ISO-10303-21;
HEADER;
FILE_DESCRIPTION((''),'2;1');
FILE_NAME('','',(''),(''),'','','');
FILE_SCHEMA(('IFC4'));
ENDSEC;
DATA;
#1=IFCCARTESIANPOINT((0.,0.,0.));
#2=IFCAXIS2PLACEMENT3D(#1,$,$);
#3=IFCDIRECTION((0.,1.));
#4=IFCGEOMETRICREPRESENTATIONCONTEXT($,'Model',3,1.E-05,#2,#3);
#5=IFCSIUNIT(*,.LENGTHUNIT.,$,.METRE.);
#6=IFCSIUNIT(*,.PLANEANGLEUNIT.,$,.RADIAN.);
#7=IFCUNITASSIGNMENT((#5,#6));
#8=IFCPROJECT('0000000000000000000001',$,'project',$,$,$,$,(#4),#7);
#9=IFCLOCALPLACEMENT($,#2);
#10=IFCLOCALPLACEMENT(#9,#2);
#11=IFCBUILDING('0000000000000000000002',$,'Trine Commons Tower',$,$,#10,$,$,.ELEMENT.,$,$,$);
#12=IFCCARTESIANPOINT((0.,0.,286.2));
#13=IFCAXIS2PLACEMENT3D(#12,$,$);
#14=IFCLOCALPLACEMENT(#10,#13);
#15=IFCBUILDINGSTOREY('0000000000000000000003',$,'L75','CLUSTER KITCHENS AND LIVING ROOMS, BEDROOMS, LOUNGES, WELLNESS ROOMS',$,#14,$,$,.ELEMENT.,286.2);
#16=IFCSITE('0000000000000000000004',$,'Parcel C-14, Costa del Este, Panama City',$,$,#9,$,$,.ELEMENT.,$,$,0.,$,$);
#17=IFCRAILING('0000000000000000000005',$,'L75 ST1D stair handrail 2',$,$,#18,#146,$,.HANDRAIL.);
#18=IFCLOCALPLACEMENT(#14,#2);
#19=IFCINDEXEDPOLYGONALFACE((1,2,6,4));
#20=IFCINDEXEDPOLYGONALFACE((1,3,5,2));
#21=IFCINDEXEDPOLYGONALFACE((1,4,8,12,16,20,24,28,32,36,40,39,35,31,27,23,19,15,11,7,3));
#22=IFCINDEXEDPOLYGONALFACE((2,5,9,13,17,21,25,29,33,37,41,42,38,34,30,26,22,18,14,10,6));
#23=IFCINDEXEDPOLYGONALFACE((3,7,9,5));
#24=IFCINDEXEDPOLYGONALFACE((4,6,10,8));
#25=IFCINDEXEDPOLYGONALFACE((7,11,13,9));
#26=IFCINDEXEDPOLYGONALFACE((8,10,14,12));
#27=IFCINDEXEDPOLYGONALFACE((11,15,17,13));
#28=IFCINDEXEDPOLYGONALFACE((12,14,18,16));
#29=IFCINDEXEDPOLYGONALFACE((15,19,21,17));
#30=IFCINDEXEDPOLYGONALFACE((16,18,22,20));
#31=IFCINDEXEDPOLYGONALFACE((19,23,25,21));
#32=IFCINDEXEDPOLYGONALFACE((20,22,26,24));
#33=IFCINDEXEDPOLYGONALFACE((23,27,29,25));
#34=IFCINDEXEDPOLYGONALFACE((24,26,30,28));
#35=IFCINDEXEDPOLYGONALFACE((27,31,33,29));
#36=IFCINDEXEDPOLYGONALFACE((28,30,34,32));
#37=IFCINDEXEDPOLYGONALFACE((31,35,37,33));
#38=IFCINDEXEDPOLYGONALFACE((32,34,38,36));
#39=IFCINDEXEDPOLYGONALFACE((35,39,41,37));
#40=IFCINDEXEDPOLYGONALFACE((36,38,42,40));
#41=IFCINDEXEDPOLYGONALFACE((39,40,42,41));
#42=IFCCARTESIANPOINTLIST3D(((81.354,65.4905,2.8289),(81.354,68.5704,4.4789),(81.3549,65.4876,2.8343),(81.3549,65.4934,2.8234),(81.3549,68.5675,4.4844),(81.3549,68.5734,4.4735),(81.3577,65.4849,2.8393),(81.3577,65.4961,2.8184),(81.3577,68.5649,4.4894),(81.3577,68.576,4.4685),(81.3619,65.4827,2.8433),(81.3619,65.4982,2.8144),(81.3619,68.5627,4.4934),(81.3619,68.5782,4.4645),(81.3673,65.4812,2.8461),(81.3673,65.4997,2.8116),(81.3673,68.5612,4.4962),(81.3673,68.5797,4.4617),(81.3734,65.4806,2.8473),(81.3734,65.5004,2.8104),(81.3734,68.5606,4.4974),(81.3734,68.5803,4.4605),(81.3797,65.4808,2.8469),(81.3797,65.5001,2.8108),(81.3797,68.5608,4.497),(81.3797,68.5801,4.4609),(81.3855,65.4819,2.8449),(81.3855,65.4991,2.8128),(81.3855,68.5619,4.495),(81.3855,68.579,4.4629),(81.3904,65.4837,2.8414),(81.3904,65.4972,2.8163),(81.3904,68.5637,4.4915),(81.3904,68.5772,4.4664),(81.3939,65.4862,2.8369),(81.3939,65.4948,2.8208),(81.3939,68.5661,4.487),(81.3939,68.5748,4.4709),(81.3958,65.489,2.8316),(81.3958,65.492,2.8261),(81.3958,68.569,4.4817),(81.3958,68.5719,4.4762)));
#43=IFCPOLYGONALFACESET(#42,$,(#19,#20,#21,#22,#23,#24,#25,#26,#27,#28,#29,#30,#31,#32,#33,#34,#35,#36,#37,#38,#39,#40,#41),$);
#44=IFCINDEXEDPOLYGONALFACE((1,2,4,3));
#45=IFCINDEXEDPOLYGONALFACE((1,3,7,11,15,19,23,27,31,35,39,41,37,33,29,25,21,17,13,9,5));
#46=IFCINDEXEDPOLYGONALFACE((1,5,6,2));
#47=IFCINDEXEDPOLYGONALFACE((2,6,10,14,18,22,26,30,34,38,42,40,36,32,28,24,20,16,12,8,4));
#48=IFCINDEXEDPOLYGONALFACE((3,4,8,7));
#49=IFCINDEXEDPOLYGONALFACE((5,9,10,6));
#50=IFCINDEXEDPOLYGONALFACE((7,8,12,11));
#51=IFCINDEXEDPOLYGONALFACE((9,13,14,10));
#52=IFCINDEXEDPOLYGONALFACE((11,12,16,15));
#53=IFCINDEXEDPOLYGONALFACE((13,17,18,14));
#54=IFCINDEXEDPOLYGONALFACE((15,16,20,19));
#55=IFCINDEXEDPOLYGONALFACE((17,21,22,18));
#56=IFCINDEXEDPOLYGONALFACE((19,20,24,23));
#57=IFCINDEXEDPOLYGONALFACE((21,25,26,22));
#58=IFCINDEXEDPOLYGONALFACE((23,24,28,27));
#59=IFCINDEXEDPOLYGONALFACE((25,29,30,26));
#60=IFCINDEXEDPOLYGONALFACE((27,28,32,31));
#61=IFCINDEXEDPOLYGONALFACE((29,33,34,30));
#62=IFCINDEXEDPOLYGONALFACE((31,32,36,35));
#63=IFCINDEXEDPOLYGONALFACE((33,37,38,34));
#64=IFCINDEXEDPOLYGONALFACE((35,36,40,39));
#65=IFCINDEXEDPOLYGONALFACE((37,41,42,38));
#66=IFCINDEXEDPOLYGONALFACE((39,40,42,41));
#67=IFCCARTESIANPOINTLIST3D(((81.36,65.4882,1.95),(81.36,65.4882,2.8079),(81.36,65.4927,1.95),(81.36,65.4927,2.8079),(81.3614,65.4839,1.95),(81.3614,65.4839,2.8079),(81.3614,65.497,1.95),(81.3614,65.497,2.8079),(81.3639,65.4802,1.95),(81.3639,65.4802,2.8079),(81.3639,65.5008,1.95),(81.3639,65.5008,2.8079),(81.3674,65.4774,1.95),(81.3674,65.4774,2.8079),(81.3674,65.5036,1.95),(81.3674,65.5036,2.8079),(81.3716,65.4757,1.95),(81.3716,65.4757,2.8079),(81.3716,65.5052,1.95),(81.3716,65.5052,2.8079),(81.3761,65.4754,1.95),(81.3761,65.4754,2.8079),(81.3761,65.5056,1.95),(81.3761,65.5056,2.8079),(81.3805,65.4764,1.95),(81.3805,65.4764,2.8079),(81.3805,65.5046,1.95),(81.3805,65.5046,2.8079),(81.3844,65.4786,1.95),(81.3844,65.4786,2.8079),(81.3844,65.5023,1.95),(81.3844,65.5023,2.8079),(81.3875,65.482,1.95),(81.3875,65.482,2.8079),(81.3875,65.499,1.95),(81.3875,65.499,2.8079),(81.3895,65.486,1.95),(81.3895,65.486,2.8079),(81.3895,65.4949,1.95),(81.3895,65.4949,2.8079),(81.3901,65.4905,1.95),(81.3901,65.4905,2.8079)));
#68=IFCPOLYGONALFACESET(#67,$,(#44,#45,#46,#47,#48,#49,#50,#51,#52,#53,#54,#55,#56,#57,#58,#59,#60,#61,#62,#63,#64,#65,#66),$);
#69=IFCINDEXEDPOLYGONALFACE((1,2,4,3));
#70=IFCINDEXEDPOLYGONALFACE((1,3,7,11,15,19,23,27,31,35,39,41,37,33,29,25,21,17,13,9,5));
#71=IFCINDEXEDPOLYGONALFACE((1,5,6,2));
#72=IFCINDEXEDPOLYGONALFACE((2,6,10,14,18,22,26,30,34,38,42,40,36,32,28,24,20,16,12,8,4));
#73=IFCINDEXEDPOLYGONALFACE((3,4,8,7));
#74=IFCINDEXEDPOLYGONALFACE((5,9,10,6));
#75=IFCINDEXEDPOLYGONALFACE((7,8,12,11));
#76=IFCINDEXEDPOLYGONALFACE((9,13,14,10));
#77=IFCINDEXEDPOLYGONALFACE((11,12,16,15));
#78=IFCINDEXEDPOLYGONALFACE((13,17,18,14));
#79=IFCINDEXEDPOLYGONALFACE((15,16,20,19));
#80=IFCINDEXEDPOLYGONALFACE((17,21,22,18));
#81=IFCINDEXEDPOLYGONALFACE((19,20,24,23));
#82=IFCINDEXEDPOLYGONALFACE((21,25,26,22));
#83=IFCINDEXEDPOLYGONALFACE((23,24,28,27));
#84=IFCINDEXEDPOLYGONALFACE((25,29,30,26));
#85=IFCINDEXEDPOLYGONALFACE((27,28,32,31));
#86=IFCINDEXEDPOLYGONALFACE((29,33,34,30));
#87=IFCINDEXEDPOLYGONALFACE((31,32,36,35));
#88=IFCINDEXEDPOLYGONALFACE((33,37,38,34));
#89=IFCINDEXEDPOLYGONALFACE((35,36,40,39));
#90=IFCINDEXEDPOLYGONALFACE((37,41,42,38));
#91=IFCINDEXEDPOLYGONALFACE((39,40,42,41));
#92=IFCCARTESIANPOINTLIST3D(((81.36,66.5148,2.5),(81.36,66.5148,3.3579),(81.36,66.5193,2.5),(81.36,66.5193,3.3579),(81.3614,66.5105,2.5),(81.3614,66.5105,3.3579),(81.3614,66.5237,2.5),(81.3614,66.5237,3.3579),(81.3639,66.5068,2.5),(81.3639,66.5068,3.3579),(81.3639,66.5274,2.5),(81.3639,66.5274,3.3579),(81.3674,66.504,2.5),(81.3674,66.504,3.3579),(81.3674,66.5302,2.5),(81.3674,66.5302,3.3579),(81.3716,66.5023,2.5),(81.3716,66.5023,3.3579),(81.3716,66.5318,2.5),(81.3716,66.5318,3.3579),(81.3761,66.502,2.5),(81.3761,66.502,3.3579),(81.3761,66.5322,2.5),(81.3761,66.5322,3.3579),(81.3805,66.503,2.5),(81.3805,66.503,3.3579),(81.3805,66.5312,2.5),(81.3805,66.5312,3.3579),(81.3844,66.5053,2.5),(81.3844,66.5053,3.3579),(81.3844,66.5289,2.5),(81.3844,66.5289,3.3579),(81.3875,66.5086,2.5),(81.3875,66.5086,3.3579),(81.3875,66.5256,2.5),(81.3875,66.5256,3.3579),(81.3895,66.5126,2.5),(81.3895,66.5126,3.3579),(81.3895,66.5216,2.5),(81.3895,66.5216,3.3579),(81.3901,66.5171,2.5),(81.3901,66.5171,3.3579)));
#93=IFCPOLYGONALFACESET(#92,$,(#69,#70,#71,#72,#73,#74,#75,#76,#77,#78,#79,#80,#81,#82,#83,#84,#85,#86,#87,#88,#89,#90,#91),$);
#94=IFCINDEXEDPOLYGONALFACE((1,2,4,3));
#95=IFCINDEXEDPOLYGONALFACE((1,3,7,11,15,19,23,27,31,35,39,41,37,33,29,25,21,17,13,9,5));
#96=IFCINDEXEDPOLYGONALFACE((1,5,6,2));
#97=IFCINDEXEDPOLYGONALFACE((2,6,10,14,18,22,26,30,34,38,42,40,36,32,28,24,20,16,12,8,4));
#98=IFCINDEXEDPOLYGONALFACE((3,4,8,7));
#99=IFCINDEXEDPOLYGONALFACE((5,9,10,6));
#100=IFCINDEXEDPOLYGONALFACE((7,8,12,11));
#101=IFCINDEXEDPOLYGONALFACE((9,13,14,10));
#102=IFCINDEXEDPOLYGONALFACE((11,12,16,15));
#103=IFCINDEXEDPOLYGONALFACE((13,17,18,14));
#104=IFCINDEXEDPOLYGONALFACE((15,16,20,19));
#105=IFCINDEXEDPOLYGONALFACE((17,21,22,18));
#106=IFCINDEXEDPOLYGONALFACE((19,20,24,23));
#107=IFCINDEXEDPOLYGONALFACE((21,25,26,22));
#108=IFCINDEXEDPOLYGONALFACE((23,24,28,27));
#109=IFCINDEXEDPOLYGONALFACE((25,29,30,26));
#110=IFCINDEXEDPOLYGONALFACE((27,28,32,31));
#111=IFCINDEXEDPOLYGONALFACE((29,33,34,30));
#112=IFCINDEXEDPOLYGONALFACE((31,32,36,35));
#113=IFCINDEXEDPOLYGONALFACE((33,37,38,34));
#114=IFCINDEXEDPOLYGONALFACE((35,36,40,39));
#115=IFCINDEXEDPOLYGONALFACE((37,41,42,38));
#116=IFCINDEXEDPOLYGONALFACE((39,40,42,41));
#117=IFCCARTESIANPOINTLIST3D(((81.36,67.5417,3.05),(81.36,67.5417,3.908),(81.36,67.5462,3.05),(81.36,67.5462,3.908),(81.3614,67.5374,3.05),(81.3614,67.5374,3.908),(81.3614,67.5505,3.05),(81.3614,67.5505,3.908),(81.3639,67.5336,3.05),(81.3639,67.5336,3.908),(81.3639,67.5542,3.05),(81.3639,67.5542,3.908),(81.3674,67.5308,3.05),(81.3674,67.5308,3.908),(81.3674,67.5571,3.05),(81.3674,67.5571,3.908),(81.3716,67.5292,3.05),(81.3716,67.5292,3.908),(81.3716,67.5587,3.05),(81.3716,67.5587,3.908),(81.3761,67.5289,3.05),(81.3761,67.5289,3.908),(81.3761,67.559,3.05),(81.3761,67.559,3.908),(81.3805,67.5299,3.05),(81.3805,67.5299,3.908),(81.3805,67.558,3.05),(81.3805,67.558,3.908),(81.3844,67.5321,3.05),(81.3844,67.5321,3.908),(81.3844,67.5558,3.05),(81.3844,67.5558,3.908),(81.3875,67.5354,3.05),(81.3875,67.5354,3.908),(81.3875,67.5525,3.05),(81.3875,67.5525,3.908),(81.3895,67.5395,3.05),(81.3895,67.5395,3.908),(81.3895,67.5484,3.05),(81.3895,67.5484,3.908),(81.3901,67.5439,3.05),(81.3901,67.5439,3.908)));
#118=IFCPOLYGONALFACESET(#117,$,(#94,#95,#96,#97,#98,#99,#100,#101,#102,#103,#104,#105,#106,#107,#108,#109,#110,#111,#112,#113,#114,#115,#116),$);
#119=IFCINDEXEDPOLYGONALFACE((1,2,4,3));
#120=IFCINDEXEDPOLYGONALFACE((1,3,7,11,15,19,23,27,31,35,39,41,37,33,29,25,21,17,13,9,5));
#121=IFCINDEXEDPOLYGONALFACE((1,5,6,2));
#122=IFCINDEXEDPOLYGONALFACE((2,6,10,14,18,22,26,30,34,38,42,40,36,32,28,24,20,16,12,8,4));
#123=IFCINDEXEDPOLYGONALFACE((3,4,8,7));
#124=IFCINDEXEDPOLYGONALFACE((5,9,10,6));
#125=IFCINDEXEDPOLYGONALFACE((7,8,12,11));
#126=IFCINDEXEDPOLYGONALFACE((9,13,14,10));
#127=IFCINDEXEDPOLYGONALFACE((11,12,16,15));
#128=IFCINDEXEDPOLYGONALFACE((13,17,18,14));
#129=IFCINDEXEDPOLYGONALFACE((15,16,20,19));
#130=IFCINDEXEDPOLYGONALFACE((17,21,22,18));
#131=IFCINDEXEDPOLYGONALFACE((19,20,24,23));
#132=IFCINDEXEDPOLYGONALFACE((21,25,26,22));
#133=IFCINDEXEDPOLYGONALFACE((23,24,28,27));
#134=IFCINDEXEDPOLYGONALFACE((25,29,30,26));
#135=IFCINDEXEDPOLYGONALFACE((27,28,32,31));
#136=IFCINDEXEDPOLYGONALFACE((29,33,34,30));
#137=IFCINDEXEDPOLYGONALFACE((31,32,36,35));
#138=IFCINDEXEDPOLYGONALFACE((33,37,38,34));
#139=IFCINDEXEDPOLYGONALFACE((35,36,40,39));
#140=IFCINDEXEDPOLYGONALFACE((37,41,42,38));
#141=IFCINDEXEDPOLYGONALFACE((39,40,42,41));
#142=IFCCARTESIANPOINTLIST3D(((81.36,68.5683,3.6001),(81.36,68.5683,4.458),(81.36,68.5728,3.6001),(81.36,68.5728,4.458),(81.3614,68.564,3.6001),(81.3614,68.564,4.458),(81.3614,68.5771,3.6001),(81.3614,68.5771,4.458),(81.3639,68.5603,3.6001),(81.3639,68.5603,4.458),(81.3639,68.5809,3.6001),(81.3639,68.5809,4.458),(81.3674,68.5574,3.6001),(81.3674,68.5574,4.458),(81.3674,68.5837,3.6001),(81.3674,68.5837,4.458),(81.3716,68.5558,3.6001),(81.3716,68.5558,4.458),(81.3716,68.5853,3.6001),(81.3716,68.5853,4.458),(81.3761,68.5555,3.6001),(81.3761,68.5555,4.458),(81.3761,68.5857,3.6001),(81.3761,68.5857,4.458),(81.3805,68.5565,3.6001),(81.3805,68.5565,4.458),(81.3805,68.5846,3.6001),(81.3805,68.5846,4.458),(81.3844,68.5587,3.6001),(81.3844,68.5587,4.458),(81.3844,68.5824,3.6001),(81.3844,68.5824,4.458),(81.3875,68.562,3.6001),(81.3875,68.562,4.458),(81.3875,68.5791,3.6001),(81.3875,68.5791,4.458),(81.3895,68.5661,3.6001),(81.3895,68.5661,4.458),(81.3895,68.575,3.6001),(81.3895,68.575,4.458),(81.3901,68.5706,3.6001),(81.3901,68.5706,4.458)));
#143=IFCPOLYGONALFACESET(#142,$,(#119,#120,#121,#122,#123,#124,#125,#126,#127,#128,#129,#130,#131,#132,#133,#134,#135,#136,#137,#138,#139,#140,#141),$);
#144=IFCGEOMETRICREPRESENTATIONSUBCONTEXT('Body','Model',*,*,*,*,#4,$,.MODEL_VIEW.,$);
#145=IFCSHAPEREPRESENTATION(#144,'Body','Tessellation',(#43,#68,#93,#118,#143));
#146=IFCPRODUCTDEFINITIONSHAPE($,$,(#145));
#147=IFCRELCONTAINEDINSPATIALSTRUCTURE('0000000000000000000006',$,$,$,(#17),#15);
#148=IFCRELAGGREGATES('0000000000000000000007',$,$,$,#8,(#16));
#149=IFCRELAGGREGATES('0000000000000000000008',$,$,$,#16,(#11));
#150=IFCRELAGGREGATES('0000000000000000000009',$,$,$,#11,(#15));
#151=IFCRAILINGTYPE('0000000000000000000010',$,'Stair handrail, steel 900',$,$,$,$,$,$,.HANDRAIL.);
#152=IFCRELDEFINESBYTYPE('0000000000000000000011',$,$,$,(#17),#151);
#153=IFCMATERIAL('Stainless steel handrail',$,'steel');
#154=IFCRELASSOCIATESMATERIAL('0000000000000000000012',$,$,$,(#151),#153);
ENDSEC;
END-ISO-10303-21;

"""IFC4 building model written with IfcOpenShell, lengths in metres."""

from ifc_helpers import new_model, si_unit, direction, frame, origin, origin_2d, place, context, subcontext, project, spatial, circle, extrude, material, type_object, element, save


model = new_model("IFC4")

# Units and contexts
model_context = context("Model", 3, precision=1e-05, world=origin(), true_north=direction((0.0, 1.0)))
body_context = subcontext(model_context, "Body", "Model", "MODEL_VIEW")
ifc_project = project(units=[si_unit("LENGTHUNIT", "METRE"), si_unit("PLANEANGLEUNIT", "RADIAN")], contexts=[model_context])

# Site, building, storey
site_placement = place(None, origin())
site = spatial("IfcSite", under=ifc_project, at=site_placement, Name="Parcel C-14, Costa del Este, Panama City", CompositionType="ELEMENT", RefElevation=0.0)
building_placement = place(site_placement, origin())
building = spatial("IfcBuilding", under=site, at=building_placement, Name="Trine Commons Tower", CompositionType="ELEMENT")
storey_placement = place(building_placement, frame((0.0, 0.0, 286.2)))
storey = spatial("IfcBuildingStorey", under=building, at=storey_placement, Name="L75", Description="CLUSTER KITCHENS AND LIVING ROOMS, BEDROOMS, LOUNGES, WELLNESS ROOMS", CompositionType="ELEMENT", Elevation=286.2)

# Railing
ifc_material_1 = material(Name="Stainless steel handrail", Category="steel")
railing_type_1 = type_object("IfcRailingType", Name="Stair handrail, steel 900", PredefinedType="HANDRAIL", material=ifc_material_1)
railing_1_placement = place(storey_placement, frame((81.375, 65.4905, 1.95)))
element("IfcRailing", 1, at=railing_1_placement, inside=storey, type_object=railing_type_1, Name="L75 ST1D stair handrail 2", PredefinedType="HANDRAIL", context=body_context, shape_type="SweptSolid", body=[
    extrude(circle(Radius=0.021, at=origin_2d()), frame((0.0, 0.0, 0.8789), z_axis=(0.0, 0.881468, 0.472245), x_axis=(-1.0, 0.0, 0.0)), (0.0, 0.0, 1.0), 3.4941),
    extrude(circle(Radius=0.0151, at=origin_2d()), origin(), (0.0, 0.0, 1.0), 0.8579),
    extrude(circle(Radius=0.0151, at=origin_2d()), frame((0.0, 1.0266, 0.55)), (0.0, 0.0, 1.0), 0.8579),
    extrude(circle(Radius=0.0151, at=origin_2d()), frame((0.0, 2.0535, 1.1001)), (0.0, 0.0, 1.0), 0.8579),
    extrude(circle(Radius=0.0151, at=origin_2d()), frame((0.0, 3.0801, 1.6501)), (0.0, 0.0, 1.0), 0.8579),
])

save(model, "model.ifc")
